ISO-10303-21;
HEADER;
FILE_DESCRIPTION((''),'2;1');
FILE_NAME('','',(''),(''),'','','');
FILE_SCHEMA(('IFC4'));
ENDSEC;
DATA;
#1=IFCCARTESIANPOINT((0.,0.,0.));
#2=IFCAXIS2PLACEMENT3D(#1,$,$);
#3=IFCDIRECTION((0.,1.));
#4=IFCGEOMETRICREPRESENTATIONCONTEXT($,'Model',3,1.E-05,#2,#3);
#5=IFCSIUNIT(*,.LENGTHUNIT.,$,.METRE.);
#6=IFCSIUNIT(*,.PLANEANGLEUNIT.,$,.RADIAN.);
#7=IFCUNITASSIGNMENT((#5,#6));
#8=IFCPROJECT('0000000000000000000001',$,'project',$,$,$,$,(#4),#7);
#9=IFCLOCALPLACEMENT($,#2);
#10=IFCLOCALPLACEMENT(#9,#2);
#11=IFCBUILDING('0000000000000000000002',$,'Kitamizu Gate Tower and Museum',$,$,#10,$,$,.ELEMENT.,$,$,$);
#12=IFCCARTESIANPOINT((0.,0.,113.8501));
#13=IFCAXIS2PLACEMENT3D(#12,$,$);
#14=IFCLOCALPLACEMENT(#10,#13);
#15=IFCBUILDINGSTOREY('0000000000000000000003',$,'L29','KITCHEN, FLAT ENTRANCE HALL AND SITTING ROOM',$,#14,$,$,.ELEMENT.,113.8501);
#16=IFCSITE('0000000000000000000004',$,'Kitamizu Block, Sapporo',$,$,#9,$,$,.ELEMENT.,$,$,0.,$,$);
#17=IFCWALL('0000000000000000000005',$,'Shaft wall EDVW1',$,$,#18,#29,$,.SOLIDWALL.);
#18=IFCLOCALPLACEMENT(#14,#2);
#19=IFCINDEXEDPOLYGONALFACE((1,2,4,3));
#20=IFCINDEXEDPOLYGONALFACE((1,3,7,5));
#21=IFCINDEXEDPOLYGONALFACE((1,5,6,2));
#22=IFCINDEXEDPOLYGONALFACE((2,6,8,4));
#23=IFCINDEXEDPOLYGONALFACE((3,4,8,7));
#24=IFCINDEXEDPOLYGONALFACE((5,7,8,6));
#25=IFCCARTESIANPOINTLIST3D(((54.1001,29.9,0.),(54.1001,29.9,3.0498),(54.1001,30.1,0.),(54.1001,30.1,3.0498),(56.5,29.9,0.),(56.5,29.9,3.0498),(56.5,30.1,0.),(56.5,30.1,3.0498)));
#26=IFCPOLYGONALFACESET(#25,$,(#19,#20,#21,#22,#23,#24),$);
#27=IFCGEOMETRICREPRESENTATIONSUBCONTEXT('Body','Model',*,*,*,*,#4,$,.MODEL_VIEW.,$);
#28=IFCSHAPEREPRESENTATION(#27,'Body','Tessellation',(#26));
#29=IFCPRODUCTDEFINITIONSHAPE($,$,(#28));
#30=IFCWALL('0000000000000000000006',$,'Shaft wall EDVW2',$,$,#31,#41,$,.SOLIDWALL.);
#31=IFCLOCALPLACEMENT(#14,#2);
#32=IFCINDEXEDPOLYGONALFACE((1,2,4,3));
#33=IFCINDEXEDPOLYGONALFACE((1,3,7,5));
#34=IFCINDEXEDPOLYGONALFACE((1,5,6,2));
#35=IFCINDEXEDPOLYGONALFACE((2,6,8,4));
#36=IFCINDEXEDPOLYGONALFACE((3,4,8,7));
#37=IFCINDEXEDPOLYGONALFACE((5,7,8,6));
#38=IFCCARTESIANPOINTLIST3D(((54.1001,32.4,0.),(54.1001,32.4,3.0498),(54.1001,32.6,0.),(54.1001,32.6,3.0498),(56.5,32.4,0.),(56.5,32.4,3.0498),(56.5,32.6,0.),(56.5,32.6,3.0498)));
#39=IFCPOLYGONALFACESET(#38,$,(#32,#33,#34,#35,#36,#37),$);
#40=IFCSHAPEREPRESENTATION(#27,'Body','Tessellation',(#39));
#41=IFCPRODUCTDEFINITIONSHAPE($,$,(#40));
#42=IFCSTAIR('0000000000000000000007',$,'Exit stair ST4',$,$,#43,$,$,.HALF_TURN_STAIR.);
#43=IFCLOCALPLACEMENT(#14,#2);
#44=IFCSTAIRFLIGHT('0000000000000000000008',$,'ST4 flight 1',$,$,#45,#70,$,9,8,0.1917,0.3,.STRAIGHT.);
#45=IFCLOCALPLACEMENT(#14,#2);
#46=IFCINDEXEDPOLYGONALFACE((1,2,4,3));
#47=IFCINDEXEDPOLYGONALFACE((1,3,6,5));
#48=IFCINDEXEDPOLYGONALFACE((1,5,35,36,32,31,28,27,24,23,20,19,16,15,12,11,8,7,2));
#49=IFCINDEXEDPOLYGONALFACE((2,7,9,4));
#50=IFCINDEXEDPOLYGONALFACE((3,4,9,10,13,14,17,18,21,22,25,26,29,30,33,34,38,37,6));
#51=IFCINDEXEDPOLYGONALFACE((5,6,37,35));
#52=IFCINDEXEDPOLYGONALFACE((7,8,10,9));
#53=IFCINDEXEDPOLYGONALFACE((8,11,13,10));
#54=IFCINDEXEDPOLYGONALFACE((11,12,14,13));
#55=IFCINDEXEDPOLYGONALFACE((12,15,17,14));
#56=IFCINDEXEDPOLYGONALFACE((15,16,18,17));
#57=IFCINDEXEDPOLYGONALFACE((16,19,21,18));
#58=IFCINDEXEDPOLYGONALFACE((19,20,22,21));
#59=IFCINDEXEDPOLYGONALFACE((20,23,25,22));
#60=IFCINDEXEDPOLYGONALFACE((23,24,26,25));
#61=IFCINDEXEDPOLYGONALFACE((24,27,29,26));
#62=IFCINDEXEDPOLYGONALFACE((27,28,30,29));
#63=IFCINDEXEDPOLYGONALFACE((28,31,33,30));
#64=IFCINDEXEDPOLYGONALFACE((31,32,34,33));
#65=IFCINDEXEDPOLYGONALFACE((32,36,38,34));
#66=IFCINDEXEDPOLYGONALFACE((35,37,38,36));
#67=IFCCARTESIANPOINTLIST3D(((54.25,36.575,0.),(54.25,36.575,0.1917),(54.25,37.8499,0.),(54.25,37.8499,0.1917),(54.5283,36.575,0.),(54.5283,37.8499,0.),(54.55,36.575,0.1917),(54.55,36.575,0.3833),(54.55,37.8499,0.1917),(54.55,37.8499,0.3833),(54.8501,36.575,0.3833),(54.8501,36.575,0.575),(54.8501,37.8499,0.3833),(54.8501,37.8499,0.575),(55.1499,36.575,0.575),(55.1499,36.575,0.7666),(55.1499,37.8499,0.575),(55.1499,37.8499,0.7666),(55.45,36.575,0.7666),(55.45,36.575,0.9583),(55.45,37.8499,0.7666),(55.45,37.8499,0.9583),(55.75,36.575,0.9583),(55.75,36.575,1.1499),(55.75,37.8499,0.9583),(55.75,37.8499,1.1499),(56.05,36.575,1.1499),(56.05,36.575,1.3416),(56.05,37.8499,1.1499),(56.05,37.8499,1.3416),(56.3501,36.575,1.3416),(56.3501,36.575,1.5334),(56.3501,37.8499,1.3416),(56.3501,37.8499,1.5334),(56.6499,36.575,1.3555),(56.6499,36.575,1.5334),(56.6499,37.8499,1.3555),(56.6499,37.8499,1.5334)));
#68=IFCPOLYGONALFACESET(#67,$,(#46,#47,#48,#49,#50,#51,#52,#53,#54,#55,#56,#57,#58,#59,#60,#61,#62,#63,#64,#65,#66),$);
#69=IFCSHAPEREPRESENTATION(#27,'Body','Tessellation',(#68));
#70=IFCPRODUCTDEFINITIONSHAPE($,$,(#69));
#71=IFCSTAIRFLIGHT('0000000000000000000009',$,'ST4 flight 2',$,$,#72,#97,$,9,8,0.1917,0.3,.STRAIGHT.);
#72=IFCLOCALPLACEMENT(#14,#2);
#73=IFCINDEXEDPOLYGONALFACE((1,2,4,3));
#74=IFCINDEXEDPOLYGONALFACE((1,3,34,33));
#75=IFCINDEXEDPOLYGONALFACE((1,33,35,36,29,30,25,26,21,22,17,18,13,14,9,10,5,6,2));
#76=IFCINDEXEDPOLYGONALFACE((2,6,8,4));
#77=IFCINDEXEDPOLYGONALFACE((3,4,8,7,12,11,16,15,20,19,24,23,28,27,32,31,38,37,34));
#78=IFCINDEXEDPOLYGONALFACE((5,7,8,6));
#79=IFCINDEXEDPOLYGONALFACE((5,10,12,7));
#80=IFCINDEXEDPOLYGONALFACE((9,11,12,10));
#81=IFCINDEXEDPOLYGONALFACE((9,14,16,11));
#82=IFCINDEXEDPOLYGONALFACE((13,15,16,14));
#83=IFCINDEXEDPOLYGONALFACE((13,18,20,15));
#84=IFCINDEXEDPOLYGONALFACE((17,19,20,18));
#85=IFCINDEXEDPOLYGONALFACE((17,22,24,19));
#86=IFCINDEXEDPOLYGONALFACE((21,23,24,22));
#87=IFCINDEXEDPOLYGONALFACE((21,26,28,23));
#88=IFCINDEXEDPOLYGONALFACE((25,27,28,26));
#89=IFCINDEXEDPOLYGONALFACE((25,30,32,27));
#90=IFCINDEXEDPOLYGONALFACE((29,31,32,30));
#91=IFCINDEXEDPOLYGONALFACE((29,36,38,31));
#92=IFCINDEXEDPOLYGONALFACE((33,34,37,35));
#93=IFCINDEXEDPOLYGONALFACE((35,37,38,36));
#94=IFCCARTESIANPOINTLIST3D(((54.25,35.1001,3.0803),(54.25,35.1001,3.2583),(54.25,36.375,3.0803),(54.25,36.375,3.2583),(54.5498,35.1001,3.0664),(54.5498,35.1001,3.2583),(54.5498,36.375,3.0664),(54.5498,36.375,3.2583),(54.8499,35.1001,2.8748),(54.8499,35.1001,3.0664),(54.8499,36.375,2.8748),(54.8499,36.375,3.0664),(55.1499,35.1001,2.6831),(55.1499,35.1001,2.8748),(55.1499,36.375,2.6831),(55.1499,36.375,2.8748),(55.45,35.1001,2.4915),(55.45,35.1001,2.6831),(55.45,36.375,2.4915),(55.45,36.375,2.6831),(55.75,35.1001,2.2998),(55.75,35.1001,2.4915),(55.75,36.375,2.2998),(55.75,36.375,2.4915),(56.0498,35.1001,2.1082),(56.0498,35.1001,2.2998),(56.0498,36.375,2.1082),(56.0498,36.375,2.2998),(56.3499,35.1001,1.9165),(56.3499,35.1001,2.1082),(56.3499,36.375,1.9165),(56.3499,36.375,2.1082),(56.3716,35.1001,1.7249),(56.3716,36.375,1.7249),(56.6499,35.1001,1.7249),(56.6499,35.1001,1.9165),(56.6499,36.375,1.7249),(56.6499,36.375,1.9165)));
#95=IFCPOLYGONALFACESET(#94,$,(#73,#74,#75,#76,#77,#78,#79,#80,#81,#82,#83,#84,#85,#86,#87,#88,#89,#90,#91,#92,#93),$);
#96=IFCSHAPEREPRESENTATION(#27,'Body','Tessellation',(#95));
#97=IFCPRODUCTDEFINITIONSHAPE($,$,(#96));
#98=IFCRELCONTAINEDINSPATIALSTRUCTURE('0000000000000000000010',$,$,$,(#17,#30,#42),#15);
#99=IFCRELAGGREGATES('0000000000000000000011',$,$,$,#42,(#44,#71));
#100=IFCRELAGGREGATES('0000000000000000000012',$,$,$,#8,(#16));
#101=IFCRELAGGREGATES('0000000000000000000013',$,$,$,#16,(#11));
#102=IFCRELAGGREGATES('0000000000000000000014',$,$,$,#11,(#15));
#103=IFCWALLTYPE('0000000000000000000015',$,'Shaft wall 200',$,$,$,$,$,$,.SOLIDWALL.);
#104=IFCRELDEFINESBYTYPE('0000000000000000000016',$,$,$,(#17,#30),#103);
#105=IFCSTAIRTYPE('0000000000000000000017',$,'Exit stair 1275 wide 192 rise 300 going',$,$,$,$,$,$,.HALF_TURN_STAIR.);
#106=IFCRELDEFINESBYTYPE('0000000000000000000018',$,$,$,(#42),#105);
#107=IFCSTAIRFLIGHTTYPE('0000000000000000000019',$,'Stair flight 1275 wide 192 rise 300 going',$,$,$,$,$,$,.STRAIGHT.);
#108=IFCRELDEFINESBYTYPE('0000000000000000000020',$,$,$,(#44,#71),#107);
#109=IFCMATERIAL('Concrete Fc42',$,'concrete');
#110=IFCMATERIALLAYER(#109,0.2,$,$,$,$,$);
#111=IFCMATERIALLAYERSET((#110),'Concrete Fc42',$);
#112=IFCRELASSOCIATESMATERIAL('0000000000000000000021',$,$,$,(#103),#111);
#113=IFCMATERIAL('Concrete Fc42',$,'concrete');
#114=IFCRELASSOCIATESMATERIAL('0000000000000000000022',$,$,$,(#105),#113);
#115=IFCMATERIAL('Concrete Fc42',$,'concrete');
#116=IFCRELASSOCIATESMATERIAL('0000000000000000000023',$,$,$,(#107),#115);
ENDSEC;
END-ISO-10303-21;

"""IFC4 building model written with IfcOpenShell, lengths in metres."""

from ifc_helpers import new_model, si_unit, direction, frame, frame_2d, origin, place, context, subcontext, project, spatial, polyline, rectangle, outline, extrude, material, layer, layer_set, type_object, element, aggregate, save


model = new_model("IFC4")

# Units and contexts
model_context = context("Model", 3, precision=1e-05, world=origin(), true_north=direction((0.0, 1.0)))
body_context = subcontext(model_context, "Body", "Model", "MODEL_VIEW")
ifc_project = project(units=[si_unit("LENGTHUNIT", "METRE"), si_unit("PLANEANGLEUNIT", "RADIAN")], contexts=[model_context])

# Site, building, storey
site_placement = place(None, origin())
site = spatial("IfcSite", under=ifc_project, at=site_placement, Name="Kitamizu Block, Sapporo", CompositionType="ELEMENT", RefElevation=0.0)
building_placement = place(site_placement, origin())
building = spatial("IfcBuilding", under=site, at=building_placement, Name="Kitamizu Gate Tower and Museum", CompositionType="ELEMENT")
storey_placement = place(building_placement, frame((0.0, 0.0, 113.8501)))
storey = spatial("IfcBuildingStorey", under=building, at=storey_placement, Name="L29", Description="KITCHEN, FLAT ENTRANCE HALL AND SITTING ROOM", CompositionType="ELEMENT", Elevation=113.8501)

# Shared definitions
ifc_material_1 = material(Name="Concrete Fc42", Category="concrete")
ifc_layer_1 = layer(ifc_material_1, 0.2)
ifc_layer_set_1 = layer_set([ifc_layer_1], Name="Concrete Fc42")
wall_type_1 = type_object("IfcWallType", Name="Shaft wall 200", PredefinedType="SOLIDWALL", material=ifc_layer_set_1)

# Walls
for number, where, z_axis, x_axis, name in (
    (1, (56.5, 30.0, 0.0), (0.0, 0.0, 1.0), (-1.0, 0.0, 0.0), "Shaft wall EDVW1"),
    (2, (56.5, 32.5, 0.0), (0.0, 0.0, 1.0), (-1.0, 0.0, 0.0), "Shaft wall EDVW2"),
):
    element("IfcWall", number, at=place(storey_placement, frame(where, z_axis=z_axis, x_axis=x_axis)), inside=storey, type_object=wall_type_1, Name=name, PredefinedType="SOLIDWALL", context=body_context, shape_type="SweptSolid", body=[
        extrude(rectangle(XDim=2.3999, YDim=0.2, at=frame_2d((1.2, 0.0))), origin(), (0.0, 0.0, 1.0), 3.0498),
    ])

# Stair, stair flights
ifc_material_2 = material(Name="Concrete Fc42", Category="concrete")
stair_type = type_object("IfcStairType", Name="Exit stair 1275 wide 192 rise 300 going", PredefinedType="HALF_TURN_STAIR", material=ifc_material_2)
stair_placement = place(storey_placement, origin())
stair = element("IfcStair", 3, at=stair_placement, inside=storey, type_object=stair_type, Name="Exit stair ST4", PredefinedType="HALF_TURN_STAIR")
ifc_material_3 = material(Name="Concrete Fc42", Category="concrete")
stair_flight_type = type_object("IfcStairFlightType", Name="Stair flight 1275 wide 192 rise 300 going", PredefinedType="STRAIGHT", material=ifc_material_3)
stair_flight_1_placement = place(storey_placement, frame((54.25, 37.2124, 0.0), z_axis=(0.0, 0.0, 1.0), x_axis=(1.0, 0.0, 0.0)))
stair_flight_1 = element("IfcStairFlight", 4, at=stair_flight_1_placement, type_object=stair_flight_type, Name="ST4 flight 1", NumberOfRisers=9, NumberOfTreads=8, PredefinedType="STRAIGHT", RiserHeight=0.1917, TreadLength=0.3, context=body_context, shape_type="SweptSolid", body=[
    extrude(outline(polyline([(0.0, 0.0), (0.0, 0.1917), (0.3, 0.1917), (0.3, 0.3833), (0.6001, 0.3833), (0.6001, 0.575), (0.8999, 0.575), (0.8999, 0.7666), (1.2, 0.7666), (1.2, 0.9583), (1.5, 0.9583), (1.5, 1.1499), (1.8, 1.1499), (1.8, 1.3416), (2.1001, 1.3416), (2.1001, 1.5334), (2.3999, 1.5334), (2.3999, 1.7251), (2.3999, 1.3555), (0.2783, 0.0), (0.0, 0.0)])), frame((0.0, 0.6375, 0.0), z_axis=(0.0, -1.0, 0.0), x_axis=(1.0, 0.0, 0.0)), (0.0, 0.0, 1.0), 1.2749),
])
stair_flight_2_placement = place(storey_placement, frame((56.6499, 35.7375, 1.7249), z_axis=(0.0, 0.0, 1.0), x_axis=(-1.0, 0.0, 0.0)))
stair_flight_2 = element("IfcStairFlight", 5, at=stair_flight_2_placement, type_object=stair_flight_type, Name="ST4 flight 2", NumberOfRisers=9, NumberOfTreads=8, PredefinedType="STRAIGHT", RiserHeight=0.1917, TreadLength=0.3, context=body_context, shape_type="SweptSolid", body=[
    extrude(outline(polyline([(0.0, 0.0), (0.0, 0.1917), (0.3, 0.1917), (0.3, 0.3833), (0.6001, 0.3833), (0.6001, 0.575), (0.8999, 0.575), (0.8999, 0.7666), (1.2, 0.7666), (1.2, 0.9583), (1.5, 0.9583), (1.5, 1.1499), (1.8, 1.1499), (1.8, 1.3416), (2.1001, 1.3416), (2.1001, 1.5334), (2.3999, 1.5334), (2.3999, 1.7251), (2.3999, 1.3555), (0.2783, 0.0), (0.0, 0.0)])), frame((0.0, 0.6375, 0.0), z_axis=(0.0, -1.0, 0.0), x_axis=(1.0, 0.0, 0.0)), (0.0, 0.0, 1.0), 1.2749),
])
aggregate(stair, [stair_flight_1, stair_flight_2])

save(model, "model.ifc")
